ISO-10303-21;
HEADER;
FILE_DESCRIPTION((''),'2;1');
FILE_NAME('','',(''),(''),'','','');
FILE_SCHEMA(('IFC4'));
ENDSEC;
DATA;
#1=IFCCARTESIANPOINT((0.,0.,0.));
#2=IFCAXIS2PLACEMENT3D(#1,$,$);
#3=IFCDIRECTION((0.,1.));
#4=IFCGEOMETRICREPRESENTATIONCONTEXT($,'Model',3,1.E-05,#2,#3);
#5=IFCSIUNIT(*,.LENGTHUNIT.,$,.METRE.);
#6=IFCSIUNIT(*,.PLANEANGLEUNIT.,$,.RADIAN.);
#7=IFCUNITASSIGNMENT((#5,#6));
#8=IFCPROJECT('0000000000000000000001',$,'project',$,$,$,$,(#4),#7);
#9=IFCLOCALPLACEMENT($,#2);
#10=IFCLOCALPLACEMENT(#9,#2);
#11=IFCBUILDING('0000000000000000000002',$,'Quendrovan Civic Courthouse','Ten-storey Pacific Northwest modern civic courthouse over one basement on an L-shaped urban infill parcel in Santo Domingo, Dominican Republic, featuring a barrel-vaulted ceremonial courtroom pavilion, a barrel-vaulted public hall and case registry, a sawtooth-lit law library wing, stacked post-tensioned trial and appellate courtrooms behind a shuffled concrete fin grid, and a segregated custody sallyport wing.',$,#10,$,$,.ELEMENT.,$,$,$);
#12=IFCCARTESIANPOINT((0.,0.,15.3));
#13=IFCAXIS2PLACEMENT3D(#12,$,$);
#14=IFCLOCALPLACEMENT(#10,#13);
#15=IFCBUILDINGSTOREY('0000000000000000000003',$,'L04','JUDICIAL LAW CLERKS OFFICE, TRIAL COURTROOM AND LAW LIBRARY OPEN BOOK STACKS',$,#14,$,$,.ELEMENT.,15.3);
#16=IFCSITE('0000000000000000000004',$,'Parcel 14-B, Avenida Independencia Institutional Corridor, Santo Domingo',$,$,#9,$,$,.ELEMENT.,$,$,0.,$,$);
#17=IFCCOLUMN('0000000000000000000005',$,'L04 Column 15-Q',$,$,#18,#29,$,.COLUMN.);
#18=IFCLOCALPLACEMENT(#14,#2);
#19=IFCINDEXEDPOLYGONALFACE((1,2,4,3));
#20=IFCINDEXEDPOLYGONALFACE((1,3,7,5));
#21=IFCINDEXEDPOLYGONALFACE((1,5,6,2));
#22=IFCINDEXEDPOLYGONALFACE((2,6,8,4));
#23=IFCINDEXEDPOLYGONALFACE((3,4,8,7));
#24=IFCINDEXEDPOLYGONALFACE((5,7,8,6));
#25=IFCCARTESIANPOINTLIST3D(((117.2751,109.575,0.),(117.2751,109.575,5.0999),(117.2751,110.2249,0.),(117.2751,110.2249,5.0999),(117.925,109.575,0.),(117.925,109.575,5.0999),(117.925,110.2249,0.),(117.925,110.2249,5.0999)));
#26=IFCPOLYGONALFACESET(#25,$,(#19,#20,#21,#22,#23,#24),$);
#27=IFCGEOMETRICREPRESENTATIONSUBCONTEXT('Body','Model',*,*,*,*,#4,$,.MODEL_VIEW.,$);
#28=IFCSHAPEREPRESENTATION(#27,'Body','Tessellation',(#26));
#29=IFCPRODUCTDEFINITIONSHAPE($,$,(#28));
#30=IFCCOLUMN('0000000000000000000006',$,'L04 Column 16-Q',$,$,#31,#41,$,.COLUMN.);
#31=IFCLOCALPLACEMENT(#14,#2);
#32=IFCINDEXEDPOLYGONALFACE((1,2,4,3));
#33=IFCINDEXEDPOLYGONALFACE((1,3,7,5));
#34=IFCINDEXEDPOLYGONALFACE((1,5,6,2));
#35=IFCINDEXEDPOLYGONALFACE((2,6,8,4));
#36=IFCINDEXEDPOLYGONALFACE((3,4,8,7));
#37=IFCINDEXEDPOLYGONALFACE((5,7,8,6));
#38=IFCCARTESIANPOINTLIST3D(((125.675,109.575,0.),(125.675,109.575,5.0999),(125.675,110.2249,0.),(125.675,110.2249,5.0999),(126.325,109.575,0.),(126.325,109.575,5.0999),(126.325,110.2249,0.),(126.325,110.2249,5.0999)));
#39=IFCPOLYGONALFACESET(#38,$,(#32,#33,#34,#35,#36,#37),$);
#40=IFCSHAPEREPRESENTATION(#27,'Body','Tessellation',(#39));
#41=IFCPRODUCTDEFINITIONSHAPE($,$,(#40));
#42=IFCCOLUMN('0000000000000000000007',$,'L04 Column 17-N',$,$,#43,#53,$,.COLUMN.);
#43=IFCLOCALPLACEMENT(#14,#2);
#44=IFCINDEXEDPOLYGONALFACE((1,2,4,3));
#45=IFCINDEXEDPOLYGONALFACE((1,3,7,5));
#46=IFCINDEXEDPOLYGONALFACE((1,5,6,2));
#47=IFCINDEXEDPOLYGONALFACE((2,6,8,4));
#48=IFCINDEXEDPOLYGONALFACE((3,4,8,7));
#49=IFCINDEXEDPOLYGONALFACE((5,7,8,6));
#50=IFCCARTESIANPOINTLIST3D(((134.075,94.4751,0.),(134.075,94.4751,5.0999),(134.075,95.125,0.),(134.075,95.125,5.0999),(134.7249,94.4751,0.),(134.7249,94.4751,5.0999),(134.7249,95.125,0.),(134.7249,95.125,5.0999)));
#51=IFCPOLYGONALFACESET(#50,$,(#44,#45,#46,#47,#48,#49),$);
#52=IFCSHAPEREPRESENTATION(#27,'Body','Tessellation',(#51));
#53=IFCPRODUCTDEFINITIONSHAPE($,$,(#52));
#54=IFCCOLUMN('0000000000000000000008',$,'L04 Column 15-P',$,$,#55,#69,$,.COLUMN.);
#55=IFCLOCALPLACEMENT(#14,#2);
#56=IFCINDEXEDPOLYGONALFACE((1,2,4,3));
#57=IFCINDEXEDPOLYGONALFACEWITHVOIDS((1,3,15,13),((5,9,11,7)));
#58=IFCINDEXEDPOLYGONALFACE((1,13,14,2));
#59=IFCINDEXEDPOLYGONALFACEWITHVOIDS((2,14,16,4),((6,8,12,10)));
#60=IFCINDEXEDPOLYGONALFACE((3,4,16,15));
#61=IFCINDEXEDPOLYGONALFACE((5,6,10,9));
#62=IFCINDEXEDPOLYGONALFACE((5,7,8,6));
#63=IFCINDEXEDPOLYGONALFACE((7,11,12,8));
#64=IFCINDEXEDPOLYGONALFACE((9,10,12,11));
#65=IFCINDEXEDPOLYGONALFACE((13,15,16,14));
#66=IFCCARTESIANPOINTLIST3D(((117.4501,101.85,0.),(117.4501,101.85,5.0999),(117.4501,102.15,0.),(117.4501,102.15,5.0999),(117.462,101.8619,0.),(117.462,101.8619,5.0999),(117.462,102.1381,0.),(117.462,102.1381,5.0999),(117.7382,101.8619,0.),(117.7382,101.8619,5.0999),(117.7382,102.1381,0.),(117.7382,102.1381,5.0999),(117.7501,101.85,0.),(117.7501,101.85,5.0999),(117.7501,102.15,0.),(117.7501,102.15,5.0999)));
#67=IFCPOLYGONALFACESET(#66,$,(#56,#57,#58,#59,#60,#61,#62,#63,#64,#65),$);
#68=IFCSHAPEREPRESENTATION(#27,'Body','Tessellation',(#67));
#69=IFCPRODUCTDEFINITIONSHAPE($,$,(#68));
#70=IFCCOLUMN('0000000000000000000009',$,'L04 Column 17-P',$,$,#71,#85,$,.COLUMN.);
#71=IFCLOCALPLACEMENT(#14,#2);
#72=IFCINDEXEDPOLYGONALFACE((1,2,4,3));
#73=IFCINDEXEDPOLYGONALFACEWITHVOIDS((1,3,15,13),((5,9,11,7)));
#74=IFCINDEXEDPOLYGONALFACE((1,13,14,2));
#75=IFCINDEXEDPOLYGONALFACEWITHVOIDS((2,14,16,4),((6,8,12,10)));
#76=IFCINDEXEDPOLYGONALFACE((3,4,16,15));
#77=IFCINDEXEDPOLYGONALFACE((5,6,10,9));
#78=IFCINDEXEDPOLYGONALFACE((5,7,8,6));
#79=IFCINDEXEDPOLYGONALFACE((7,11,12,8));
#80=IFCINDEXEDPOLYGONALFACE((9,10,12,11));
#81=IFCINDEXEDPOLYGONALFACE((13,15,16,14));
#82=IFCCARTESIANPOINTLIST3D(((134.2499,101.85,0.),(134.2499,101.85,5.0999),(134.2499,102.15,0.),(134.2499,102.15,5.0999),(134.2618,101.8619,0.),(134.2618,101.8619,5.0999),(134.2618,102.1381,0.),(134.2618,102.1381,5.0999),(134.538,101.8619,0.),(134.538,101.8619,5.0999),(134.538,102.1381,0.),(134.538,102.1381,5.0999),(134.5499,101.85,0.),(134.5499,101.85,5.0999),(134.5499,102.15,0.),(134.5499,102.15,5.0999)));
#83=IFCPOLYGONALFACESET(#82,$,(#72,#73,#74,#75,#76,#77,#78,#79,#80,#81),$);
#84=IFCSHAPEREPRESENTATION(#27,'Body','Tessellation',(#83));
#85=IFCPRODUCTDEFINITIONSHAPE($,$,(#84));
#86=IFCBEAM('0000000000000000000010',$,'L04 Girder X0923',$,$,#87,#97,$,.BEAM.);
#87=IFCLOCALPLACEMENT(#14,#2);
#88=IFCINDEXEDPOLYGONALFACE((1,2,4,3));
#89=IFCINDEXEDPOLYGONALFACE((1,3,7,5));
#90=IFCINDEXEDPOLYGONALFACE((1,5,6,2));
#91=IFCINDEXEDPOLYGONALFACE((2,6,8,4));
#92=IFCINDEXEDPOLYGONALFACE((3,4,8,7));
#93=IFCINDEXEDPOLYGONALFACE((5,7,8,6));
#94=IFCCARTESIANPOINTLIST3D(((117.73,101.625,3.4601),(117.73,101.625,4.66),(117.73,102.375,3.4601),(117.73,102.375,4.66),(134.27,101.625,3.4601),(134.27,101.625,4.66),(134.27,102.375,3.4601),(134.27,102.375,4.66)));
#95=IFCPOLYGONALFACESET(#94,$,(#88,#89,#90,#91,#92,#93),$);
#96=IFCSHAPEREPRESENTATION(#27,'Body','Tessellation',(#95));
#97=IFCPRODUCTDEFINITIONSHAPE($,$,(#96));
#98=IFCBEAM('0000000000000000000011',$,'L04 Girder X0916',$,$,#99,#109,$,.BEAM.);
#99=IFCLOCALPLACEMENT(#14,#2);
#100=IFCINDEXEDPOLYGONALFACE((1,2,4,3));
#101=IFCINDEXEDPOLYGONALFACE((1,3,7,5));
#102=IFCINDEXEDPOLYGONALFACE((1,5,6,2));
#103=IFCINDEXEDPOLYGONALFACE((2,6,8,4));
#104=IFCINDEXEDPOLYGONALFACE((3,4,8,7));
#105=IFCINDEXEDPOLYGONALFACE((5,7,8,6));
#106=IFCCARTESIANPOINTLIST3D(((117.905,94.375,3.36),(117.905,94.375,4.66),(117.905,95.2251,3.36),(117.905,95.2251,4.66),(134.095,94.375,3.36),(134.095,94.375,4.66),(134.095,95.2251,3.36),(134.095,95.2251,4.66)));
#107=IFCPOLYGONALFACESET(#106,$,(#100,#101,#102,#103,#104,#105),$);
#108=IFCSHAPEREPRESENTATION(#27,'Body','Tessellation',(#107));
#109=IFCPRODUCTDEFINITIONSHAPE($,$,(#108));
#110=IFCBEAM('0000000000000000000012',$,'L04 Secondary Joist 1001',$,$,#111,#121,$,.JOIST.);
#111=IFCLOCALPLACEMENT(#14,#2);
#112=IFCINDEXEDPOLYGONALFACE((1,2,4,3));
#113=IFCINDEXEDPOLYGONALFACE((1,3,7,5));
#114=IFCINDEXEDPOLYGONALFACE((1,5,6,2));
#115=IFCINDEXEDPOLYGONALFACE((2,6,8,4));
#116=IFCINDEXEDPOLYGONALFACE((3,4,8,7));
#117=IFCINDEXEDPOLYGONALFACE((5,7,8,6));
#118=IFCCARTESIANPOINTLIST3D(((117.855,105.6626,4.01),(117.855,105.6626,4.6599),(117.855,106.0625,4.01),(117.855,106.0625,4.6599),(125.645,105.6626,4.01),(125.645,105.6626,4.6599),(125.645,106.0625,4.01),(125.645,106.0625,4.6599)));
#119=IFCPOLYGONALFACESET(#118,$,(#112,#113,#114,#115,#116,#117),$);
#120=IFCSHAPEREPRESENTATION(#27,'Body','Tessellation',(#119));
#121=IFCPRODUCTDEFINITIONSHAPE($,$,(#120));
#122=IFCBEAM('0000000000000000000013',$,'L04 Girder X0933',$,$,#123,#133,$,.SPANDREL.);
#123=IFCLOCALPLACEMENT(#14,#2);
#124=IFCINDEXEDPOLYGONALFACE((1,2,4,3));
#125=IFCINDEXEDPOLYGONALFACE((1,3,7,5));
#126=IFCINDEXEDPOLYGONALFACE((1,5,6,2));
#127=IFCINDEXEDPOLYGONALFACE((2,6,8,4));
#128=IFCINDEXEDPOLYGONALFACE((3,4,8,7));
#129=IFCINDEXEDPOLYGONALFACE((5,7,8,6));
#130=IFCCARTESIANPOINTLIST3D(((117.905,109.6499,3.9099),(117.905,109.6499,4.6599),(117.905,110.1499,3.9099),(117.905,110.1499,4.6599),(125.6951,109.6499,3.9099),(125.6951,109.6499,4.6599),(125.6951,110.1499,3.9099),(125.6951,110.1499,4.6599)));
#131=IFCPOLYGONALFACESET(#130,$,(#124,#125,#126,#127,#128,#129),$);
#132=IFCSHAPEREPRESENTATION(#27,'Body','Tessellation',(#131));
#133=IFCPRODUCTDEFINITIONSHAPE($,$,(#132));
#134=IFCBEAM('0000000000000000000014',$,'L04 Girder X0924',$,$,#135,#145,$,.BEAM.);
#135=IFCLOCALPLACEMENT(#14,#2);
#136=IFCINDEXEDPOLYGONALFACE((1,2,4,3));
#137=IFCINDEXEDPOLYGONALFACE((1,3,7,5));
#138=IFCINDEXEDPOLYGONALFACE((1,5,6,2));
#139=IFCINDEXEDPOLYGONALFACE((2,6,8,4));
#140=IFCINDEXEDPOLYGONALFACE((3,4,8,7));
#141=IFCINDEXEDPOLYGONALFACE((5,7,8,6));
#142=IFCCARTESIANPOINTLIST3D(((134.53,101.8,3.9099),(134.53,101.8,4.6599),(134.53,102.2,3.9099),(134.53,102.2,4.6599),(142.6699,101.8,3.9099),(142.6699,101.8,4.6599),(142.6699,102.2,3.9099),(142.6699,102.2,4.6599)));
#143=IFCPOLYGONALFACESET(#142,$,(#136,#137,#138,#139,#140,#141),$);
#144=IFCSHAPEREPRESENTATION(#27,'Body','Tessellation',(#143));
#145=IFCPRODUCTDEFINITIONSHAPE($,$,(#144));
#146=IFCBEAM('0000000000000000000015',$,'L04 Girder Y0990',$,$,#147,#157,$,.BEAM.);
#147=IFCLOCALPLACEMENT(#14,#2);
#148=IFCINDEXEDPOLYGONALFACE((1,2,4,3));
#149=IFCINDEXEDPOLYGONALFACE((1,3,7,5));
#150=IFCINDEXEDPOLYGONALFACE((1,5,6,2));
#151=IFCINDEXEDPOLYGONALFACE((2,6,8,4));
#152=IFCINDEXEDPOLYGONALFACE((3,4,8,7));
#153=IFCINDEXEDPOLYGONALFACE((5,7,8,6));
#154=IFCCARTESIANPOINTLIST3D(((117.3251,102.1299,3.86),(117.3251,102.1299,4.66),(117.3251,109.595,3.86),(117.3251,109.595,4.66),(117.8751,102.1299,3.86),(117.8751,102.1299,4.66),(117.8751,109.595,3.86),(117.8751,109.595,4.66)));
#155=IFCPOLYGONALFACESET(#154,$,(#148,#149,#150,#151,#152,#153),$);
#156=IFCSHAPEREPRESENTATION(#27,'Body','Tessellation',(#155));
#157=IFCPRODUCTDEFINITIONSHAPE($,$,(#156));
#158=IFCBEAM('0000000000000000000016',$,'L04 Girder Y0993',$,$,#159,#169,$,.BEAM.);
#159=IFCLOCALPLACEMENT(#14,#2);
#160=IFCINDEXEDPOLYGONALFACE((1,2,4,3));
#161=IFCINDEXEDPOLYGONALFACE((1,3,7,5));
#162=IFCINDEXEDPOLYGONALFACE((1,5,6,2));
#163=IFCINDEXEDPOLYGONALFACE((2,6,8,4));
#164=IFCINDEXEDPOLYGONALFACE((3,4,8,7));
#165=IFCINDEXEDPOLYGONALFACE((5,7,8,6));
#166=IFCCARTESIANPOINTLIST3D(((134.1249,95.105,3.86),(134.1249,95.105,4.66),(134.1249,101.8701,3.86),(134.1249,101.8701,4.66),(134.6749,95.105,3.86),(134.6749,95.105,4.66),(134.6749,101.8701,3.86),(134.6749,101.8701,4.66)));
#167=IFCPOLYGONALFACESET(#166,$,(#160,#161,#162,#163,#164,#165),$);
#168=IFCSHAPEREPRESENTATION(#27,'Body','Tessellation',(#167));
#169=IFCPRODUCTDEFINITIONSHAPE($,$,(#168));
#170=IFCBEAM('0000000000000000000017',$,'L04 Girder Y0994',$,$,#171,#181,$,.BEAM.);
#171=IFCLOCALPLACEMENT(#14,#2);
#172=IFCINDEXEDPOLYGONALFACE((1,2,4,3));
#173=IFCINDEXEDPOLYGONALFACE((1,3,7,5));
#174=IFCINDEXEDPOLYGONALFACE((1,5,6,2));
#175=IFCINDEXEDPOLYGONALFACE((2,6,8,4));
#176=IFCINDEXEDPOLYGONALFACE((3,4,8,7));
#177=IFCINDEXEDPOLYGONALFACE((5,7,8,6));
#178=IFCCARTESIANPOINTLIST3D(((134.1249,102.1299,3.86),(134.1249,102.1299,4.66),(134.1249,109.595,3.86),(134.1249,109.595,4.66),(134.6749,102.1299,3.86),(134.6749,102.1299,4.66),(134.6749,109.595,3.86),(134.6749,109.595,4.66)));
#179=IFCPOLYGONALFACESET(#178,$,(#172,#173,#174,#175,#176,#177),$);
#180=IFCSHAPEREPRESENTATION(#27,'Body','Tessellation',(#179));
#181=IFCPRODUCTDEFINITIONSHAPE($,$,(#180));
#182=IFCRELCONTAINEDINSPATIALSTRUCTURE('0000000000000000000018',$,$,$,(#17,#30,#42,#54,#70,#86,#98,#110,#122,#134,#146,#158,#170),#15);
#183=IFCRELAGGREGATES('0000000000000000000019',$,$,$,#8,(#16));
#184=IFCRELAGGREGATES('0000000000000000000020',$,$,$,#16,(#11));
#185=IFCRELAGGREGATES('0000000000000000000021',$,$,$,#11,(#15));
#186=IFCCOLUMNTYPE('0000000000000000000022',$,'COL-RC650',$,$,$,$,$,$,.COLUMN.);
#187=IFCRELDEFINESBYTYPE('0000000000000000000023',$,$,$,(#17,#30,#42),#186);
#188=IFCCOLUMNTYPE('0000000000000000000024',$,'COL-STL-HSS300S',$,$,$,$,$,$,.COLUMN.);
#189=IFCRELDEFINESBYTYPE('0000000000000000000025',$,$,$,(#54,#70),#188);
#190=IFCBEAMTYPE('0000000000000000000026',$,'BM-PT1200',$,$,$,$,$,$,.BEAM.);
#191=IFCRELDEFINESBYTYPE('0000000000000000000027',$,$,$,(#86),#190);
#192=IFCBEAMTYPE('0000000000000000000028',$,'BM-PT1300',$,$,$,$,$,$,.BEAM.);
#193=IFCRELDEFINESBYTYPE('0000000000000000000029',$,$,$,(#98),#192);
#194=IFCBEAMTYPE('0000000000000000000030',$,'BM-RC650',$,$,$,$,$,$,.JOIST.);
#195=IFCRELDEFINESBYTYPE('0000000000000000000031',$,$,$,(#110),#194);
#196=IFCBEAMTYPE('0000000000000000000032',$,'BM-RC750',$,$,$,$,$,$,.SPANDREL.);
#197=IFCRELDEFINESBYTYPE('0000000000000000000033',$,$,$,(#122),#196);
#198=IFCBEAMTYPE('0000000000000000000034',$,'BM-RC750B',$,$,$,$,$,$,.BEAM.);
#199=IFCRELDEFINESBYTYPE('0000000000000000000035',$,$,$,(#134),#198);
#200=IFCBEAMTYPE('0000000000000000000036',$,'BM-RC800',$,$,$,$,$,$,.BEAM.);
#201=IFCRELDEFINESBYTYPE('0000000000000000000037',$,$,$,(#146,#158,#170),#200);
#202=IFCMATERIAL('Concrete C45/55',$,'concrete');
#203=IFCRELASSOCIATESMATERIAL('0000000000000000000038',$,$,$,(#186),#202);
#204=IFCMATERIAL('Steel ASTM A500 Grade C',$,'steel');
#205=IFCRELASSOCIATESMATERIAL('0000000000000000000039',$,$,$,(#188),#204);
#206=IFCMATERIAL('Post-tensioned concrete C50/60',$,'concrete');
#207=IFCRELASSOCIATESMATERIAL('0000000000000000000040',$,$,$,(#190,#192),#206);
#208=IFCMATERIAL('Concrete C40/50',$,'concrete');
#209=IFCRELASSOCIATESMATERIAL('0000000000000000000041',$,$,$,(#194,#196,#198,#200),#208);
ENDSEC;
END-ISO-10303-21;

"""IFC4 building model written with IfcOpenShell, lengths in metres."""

from ifc_helpers import new_model, si_unit, direction, frame, origin, origin_2d, place, context, subcontext, project, spatial, rectangle, hollow_rectangle, extrude, material, material_profile, profile_set, type_object, element, save


model = new_model("IFC4")

# Units and contexts
model_context = context("Model", 3, precision=1e-05, world=origin(), true_north=direction((0.0, 1.0)))
body_context = subcontext(model_context, "Body", "Model", "MODEL_VIEW")
ifc_project = project(units=[si_unit("LENGTHUNIT", "METRE"), si_unit("PLANEANGLEUNIT", "RADIAN")], contexts=[model_context])

# Site, building, storey
site_placement = place(None, origin())
site = spatial("IfcSite", under=ifc_project, at=site_placement, Name="Parcel 14-B, Avenida Independencia Institutional Corridor, Santo Domingo", CompositionType="ELEMENT", RefElevation=0.0)
building_placement = place(site_placement, origin())
building = spatial("IfcBuilding", under=site, at=building_placement, Name="Quendrovan Civic Courthouse", Description="Ten-storey Pacific Northwest modern civic courthouse over one basement on an L-shaped urban infill parcel in Santo Domingo, Dominican Republic, featuring a barrel-vaulted ceremonial courtroom pavilion, a barrel-vaulted public hall and case registry, a sawtooth-lit law library wing, stacked post-tensioned trial and appellate courtrooms behind a shuffled concrete fin grid, and a segregated custody sallyport wing.", CompositionType="ELEMENT")
storey_placement = place(building_placement, frame((0.0, 0.0, 15.3)))
storey = spatial("IfcBuildingStorey", under=building, at=storey_placement, Name="L04", Description="JUDICIAL LAW CLERKS OFFICE, TRIAL COURTROOM AND LAW LIBRARY OPEN BOOK STACKS", CompositionType="ELEMENT", Elevation=15.3)

# Columns
ifc_material_1 = material(Name="Concrete C45/55", Category="concrete")
ifc_material_profile_1 = material_profile(ifc_material_1, rectangle(XDim=0.6499, YDim=0.6499, at=origin_2d()), Name="RC-COL-650x650")
ifc_profile_set_1 = profile_set([ifc_material_profile_1], Name="Concrete C45/55")
column_type_1 = type_object("IfcColumnType", Name="COL-RC650", PredefinedType="COLUMN", material=ifc_profile_set_1)
for number, where, z_axis, x_axis, name in (
    (1, (117.6001, 109.8999, 0.0), (0.0, 0.0, 1.0), (1.0, 0.0, 0.0), "L04 Column 15-Q"),
    (2, (126.0, 109.8999, 0.0), (0.0, 0.0, 1.0), (1.0, 0.0, 0.0), "L04 Column 16-Q"),
    (3, (134.3999, 94.8, 0.0), (0.0, 0.0, 1.0), (1.0, 0.0, 0.0), "L04 Column 17-N"),
):
    element("IfcColumn", number, at=place(storey_placement, frame(where, z_axis=z_axis, x_axis=x_axis)), inside=storey, type_object=column_type_1, Name=name, PredefinedType="COLUMN", context=body_context, shape_type="SweptSolid", body=[
        extrude(rectangle(XDim=0.6499, YDim=0.6499, at=origin_2d()), origin(), (0.0, 0.0, 1.0), 5.0999),
    ])
ifc_material_2 = material(Name="Steel ASTM A500 Grade C", Category="steel")
ifc_material_profile_2 = material_profile(ifc_material_2, hollow_rectangle(XDim=0.3, YDim=0.3, WallThickness=0.012, at=origin_2d()), Name="HSS300x300x12")
ifc_profile_set_2 = profile_set([ifc_material_profile_2], Name="Steel ASTM A500 Grade C")
column_type_2 = type_object("IfcColumnType", Name="COL-STL-HSS300S", PredefinedType="COLUMN", material=ifc_profile_set_2)
for number, where, z_axis, x_axis, name in (
    (4, (117.6001, 102.0, 0.0), (0.0, 0.0, 1.0), (1.0, 0.0, 0.0), "L04 Column 15-P"),
    (5, (134.3999, 102.0, 0.0), (0.0, 0.0, 1.0), (1.0, 0.0, 0.0), "L04 Column 17-P"),
):
    element("IfcColumn", number, at=place(storey_placement, frame(where, z_axis=z_axis, x_axis=x_axis)), inside=storey, type_object=column_type_2, Name=name, PredefinedType="COLUMN", context=body_context, shape_type="SweptSolid", body=[
        extrude(hollow_rectangle(XDim=0.3, YDim=0.3, WallThickness=0.012, at=origin_2d()), origin(), (0.0, 0.0, 1.0), 5.0999),
    ])

# Beams
ifc_material_3 = material(Name="Post-tensioned concrete C50/60", Category="concrete")
ifc_material_profile_3 = material_profile(ifc_material_3, rectangle(XDim=0.75, YDim=1.2, at=origin_2d()), Name="PT-GIRD-750x1200")
ifc_profile_set_3 = profile_set([ifc_material_profile_3], Name="Post-tensioned concrete C50/60")
beam_type_1 = type_object("IfcBeamType", Name="BM-PT1200", PredefinedType="BEAM", material=ifc_profile_set_3)
beam_1_placement = place(storey_placement, frame((117.73, 102.0, 4.0601), z_axis=(1.0, 0.0, 0.0), x_axis=(0.0, 1.0, 0.0)))
element("IfcBeam", 6, at=beam_1_placement, inside=storey, type_object=beam_type_1, Name="L04 Girder X0923", PredefinedType="BEAM", context=body_context, shape_type="SweptSolid", body=[
    extrude(rectangle(XDim=0.75, YDim=1.2, at=origin_2d()), origin(), (0.0, 0.0, 1.0), 16.54),
])
ifc_material_profile_4 = material_profile(ifc_material_3, rectangle(XDim=0.8501, YDim=1.3, at=origin_2d()), Name="PT-GRD-850x1300")
ifc_profile_set_4 = profile_set([ifc_material_profile_4], Name="Post-tensioned concrete C50/60")
beam_type_2 = type_object("IfcBeamType", Name="BM-PT1300", PredefinedType="BEAM", material=ifc_profile_set_4)
beam_2_placement = place(storey_placement, frame((117.905, 94.8, 4.01), z_axis=(1.0, 0.0, 0.0), x_axis=(0.0, 1.0, 0.0)))
element("IfcBeam", 7, at=beam_2_placement, inside=storey, type_object=beam_type_2, Name="L04 Girder X0916", PredefinedType="BEAM", context=body_context, shape_type="SweptSolid", body=[
    extrude(rectangle(XDim=0.8501, YDim=1.3, at=origin_2d()), origin(), (0.0, 0.0, 1.0), 16.1899),
])
ifc_material_4 = material(Name="Concrete C40/50", Category="concrete")
ifc_material_profile_5 = material_profile(ifc_material_4, rectangle(XDim=0.3999, YDim=0.6499, at=origin_2d()), Name="RC-BM-400x650")
ifc_profile_set_5 = profile_set([ifc_material_profile_5], Name="Concrete C40/50")
beam_type_3 = type_object("IfcBeamType", Name="BM-RC650", PredefinedType="JOIST", material=ifc_profile_set_5)
beam_3_placement = place(storey_placement, frame((117.855, 105.8625, 4.335), z_axis=(1.0, 0.0, 0.0), x_axis=(0.0, 1.0, 0.0)))
element("IfcBeam", 8, at=beam_3_placement, inside=storey, type_object=beam_type_3, Name="L04 Secondary Joist 1001", PredefinedType="JOIST", context=body_context, shape_type="SweptSolid", body=[
    extrude(rectangle(XDim=0.3999, YDim=0.6499, at=origin_2d()), origin(), (0.0, 0.0, 1.0), 7.79),
])
ifc_material_profile_6 = material_profile(ifc_material_4, rectangle(XDim=0.5, YDim=0.75, at=origin_2d()), Name="RC-BM-500x750")
ifc_profile_set_6 = profile_set([ifc_material_profile_6], Name="Concrete C40/50")
beam_type_4 = type_object("IfcBeamType", Name="BM-RC750", PredefinedType="SPANDREL", material=ifc_profile_set_6)
beam_4_placement = place(storey_placement, frame((117.905, 109.8999, 4.2849), z_axis=(1.0, 0.0, 0.0), x_axis=(0.0, 1.0, 0.0)))
element("IfcBeam", 9, at=beam_4_placement, inside=storey, type_object=beam_type_4, Name="L04 Girder X0933", PredefinedType="SPANDREL", context=body_context, shape_type="SweptSolid", body=[
    extrude(rectangle(XDim=0.5, YDim=0.75, at=origin_2d()), origin(), (0.0, 0.0, 1.0), 7.79),
])
ifc_material_profile_7 = material_profile(ifc_material_4, rectangle(XDim=0.3999, YDim=0.75, at=origin_2d()), Name="RC-BM-400x750")
ifc_profile_set_7 = profile_set([ifc_material_profile_7], Name="Concrete C40/50")
beam_type_5 = type_object("IfcBeamType", Name="BM-RC750B", PredefinedType="BEAM", material=ifc_profile_set_7)
beam_5_placement = place(storey_placement, frame((134.53, 102.0, 4.2849), z_axis=(1.0, 0.0, 0.0), x_axis=(0.0, 1.0, 0.0)))
element("IfcBeam", 10, at=beam_5_placement, inside=storey, type_object=beam_type_5, Name="L04 Girder X0924", PredefinedType="BEAM", context=body_context, shape_type="SweptSolid", body=[
    extrude(rectangle(XDim=0.3999, YDim=0.75, at=origin_2d()), origin(), (0.0, 0.0, 1.0), 8.1399),
])
ifc_material_profile_8 = material_profile(ifc_material_4, rectangle(XDim=0.55, YDim=0.8, at=origin_2d()), Name="RC-BM-550x800")
ifc_profile_set_8 = profile_set([ifc_material_profile_8], Name="Concrete C40/50")
beam_type_6 = type_object("IfcBeamType", Name="BM-RC800", PredefinedType="BEAM", material=ifc_profile_set_8)
beam_6_placement = place(storey_placement, frame((117.6001, 102.1299, 4.26), z_axis=(0.0, 1.0, 0.0), x_axis=(-1.0, 0.0, 0.0)))
element("IfcBeam", 11, at=beam_6_placement, inside=storey, type_object=beam_type_6, Name="L04 Girder Y0990", PredefinedType="BEAM", context=body_context, shape_type="SweptSolid", body=[
    extrude(rectangle(XDim=0.55, YDim=0.8, at=origin_2d()), origin(), (0.0, 0.0, 1.0), 7.4651),
])
beam_7_placement = place(storey_placement, frame((134.3999, 95.105, 4.26), z_axis=(0.0, 1.0, 0.0), x_axis=(-1.0, 0.0, 0.0)))
element("IfcBeam", 12, at=beam_7_placement, inside=storey, type_object=beam_type_6, Name="L04 Girder Y0993", PredefinedType="BEAM", context=body_context, shape_type="SweptSolid", body=[
    extrude(rectangle(XDim=0.55, YDim=0.8, at=origin_2d()), origin(), (0.0, 0.0, 1.0), 6.7651),
])
beam_8_placement = place(storey_placement, frame((134.3999, 102.1299, 4.26), z_axis=(0.0, 1.0, 0.0), x_axis=(-1.0, 0.0, 0.0)))
element("IfcBeam", 13, at=beam_8_placement, inside=storey, type_object=beam_type_6, Name="L04 Girder Y0994", PredefinedType="BEAM", context=body_context, shape_type="SweptSolid", body=[
    extrude(rectangle(XDim=0.55, YDim=0.8, at=origin_2d()), origin(), (0.0, 0.0, 1.0), 7.4651),
])

save(model, "model.ifc")
